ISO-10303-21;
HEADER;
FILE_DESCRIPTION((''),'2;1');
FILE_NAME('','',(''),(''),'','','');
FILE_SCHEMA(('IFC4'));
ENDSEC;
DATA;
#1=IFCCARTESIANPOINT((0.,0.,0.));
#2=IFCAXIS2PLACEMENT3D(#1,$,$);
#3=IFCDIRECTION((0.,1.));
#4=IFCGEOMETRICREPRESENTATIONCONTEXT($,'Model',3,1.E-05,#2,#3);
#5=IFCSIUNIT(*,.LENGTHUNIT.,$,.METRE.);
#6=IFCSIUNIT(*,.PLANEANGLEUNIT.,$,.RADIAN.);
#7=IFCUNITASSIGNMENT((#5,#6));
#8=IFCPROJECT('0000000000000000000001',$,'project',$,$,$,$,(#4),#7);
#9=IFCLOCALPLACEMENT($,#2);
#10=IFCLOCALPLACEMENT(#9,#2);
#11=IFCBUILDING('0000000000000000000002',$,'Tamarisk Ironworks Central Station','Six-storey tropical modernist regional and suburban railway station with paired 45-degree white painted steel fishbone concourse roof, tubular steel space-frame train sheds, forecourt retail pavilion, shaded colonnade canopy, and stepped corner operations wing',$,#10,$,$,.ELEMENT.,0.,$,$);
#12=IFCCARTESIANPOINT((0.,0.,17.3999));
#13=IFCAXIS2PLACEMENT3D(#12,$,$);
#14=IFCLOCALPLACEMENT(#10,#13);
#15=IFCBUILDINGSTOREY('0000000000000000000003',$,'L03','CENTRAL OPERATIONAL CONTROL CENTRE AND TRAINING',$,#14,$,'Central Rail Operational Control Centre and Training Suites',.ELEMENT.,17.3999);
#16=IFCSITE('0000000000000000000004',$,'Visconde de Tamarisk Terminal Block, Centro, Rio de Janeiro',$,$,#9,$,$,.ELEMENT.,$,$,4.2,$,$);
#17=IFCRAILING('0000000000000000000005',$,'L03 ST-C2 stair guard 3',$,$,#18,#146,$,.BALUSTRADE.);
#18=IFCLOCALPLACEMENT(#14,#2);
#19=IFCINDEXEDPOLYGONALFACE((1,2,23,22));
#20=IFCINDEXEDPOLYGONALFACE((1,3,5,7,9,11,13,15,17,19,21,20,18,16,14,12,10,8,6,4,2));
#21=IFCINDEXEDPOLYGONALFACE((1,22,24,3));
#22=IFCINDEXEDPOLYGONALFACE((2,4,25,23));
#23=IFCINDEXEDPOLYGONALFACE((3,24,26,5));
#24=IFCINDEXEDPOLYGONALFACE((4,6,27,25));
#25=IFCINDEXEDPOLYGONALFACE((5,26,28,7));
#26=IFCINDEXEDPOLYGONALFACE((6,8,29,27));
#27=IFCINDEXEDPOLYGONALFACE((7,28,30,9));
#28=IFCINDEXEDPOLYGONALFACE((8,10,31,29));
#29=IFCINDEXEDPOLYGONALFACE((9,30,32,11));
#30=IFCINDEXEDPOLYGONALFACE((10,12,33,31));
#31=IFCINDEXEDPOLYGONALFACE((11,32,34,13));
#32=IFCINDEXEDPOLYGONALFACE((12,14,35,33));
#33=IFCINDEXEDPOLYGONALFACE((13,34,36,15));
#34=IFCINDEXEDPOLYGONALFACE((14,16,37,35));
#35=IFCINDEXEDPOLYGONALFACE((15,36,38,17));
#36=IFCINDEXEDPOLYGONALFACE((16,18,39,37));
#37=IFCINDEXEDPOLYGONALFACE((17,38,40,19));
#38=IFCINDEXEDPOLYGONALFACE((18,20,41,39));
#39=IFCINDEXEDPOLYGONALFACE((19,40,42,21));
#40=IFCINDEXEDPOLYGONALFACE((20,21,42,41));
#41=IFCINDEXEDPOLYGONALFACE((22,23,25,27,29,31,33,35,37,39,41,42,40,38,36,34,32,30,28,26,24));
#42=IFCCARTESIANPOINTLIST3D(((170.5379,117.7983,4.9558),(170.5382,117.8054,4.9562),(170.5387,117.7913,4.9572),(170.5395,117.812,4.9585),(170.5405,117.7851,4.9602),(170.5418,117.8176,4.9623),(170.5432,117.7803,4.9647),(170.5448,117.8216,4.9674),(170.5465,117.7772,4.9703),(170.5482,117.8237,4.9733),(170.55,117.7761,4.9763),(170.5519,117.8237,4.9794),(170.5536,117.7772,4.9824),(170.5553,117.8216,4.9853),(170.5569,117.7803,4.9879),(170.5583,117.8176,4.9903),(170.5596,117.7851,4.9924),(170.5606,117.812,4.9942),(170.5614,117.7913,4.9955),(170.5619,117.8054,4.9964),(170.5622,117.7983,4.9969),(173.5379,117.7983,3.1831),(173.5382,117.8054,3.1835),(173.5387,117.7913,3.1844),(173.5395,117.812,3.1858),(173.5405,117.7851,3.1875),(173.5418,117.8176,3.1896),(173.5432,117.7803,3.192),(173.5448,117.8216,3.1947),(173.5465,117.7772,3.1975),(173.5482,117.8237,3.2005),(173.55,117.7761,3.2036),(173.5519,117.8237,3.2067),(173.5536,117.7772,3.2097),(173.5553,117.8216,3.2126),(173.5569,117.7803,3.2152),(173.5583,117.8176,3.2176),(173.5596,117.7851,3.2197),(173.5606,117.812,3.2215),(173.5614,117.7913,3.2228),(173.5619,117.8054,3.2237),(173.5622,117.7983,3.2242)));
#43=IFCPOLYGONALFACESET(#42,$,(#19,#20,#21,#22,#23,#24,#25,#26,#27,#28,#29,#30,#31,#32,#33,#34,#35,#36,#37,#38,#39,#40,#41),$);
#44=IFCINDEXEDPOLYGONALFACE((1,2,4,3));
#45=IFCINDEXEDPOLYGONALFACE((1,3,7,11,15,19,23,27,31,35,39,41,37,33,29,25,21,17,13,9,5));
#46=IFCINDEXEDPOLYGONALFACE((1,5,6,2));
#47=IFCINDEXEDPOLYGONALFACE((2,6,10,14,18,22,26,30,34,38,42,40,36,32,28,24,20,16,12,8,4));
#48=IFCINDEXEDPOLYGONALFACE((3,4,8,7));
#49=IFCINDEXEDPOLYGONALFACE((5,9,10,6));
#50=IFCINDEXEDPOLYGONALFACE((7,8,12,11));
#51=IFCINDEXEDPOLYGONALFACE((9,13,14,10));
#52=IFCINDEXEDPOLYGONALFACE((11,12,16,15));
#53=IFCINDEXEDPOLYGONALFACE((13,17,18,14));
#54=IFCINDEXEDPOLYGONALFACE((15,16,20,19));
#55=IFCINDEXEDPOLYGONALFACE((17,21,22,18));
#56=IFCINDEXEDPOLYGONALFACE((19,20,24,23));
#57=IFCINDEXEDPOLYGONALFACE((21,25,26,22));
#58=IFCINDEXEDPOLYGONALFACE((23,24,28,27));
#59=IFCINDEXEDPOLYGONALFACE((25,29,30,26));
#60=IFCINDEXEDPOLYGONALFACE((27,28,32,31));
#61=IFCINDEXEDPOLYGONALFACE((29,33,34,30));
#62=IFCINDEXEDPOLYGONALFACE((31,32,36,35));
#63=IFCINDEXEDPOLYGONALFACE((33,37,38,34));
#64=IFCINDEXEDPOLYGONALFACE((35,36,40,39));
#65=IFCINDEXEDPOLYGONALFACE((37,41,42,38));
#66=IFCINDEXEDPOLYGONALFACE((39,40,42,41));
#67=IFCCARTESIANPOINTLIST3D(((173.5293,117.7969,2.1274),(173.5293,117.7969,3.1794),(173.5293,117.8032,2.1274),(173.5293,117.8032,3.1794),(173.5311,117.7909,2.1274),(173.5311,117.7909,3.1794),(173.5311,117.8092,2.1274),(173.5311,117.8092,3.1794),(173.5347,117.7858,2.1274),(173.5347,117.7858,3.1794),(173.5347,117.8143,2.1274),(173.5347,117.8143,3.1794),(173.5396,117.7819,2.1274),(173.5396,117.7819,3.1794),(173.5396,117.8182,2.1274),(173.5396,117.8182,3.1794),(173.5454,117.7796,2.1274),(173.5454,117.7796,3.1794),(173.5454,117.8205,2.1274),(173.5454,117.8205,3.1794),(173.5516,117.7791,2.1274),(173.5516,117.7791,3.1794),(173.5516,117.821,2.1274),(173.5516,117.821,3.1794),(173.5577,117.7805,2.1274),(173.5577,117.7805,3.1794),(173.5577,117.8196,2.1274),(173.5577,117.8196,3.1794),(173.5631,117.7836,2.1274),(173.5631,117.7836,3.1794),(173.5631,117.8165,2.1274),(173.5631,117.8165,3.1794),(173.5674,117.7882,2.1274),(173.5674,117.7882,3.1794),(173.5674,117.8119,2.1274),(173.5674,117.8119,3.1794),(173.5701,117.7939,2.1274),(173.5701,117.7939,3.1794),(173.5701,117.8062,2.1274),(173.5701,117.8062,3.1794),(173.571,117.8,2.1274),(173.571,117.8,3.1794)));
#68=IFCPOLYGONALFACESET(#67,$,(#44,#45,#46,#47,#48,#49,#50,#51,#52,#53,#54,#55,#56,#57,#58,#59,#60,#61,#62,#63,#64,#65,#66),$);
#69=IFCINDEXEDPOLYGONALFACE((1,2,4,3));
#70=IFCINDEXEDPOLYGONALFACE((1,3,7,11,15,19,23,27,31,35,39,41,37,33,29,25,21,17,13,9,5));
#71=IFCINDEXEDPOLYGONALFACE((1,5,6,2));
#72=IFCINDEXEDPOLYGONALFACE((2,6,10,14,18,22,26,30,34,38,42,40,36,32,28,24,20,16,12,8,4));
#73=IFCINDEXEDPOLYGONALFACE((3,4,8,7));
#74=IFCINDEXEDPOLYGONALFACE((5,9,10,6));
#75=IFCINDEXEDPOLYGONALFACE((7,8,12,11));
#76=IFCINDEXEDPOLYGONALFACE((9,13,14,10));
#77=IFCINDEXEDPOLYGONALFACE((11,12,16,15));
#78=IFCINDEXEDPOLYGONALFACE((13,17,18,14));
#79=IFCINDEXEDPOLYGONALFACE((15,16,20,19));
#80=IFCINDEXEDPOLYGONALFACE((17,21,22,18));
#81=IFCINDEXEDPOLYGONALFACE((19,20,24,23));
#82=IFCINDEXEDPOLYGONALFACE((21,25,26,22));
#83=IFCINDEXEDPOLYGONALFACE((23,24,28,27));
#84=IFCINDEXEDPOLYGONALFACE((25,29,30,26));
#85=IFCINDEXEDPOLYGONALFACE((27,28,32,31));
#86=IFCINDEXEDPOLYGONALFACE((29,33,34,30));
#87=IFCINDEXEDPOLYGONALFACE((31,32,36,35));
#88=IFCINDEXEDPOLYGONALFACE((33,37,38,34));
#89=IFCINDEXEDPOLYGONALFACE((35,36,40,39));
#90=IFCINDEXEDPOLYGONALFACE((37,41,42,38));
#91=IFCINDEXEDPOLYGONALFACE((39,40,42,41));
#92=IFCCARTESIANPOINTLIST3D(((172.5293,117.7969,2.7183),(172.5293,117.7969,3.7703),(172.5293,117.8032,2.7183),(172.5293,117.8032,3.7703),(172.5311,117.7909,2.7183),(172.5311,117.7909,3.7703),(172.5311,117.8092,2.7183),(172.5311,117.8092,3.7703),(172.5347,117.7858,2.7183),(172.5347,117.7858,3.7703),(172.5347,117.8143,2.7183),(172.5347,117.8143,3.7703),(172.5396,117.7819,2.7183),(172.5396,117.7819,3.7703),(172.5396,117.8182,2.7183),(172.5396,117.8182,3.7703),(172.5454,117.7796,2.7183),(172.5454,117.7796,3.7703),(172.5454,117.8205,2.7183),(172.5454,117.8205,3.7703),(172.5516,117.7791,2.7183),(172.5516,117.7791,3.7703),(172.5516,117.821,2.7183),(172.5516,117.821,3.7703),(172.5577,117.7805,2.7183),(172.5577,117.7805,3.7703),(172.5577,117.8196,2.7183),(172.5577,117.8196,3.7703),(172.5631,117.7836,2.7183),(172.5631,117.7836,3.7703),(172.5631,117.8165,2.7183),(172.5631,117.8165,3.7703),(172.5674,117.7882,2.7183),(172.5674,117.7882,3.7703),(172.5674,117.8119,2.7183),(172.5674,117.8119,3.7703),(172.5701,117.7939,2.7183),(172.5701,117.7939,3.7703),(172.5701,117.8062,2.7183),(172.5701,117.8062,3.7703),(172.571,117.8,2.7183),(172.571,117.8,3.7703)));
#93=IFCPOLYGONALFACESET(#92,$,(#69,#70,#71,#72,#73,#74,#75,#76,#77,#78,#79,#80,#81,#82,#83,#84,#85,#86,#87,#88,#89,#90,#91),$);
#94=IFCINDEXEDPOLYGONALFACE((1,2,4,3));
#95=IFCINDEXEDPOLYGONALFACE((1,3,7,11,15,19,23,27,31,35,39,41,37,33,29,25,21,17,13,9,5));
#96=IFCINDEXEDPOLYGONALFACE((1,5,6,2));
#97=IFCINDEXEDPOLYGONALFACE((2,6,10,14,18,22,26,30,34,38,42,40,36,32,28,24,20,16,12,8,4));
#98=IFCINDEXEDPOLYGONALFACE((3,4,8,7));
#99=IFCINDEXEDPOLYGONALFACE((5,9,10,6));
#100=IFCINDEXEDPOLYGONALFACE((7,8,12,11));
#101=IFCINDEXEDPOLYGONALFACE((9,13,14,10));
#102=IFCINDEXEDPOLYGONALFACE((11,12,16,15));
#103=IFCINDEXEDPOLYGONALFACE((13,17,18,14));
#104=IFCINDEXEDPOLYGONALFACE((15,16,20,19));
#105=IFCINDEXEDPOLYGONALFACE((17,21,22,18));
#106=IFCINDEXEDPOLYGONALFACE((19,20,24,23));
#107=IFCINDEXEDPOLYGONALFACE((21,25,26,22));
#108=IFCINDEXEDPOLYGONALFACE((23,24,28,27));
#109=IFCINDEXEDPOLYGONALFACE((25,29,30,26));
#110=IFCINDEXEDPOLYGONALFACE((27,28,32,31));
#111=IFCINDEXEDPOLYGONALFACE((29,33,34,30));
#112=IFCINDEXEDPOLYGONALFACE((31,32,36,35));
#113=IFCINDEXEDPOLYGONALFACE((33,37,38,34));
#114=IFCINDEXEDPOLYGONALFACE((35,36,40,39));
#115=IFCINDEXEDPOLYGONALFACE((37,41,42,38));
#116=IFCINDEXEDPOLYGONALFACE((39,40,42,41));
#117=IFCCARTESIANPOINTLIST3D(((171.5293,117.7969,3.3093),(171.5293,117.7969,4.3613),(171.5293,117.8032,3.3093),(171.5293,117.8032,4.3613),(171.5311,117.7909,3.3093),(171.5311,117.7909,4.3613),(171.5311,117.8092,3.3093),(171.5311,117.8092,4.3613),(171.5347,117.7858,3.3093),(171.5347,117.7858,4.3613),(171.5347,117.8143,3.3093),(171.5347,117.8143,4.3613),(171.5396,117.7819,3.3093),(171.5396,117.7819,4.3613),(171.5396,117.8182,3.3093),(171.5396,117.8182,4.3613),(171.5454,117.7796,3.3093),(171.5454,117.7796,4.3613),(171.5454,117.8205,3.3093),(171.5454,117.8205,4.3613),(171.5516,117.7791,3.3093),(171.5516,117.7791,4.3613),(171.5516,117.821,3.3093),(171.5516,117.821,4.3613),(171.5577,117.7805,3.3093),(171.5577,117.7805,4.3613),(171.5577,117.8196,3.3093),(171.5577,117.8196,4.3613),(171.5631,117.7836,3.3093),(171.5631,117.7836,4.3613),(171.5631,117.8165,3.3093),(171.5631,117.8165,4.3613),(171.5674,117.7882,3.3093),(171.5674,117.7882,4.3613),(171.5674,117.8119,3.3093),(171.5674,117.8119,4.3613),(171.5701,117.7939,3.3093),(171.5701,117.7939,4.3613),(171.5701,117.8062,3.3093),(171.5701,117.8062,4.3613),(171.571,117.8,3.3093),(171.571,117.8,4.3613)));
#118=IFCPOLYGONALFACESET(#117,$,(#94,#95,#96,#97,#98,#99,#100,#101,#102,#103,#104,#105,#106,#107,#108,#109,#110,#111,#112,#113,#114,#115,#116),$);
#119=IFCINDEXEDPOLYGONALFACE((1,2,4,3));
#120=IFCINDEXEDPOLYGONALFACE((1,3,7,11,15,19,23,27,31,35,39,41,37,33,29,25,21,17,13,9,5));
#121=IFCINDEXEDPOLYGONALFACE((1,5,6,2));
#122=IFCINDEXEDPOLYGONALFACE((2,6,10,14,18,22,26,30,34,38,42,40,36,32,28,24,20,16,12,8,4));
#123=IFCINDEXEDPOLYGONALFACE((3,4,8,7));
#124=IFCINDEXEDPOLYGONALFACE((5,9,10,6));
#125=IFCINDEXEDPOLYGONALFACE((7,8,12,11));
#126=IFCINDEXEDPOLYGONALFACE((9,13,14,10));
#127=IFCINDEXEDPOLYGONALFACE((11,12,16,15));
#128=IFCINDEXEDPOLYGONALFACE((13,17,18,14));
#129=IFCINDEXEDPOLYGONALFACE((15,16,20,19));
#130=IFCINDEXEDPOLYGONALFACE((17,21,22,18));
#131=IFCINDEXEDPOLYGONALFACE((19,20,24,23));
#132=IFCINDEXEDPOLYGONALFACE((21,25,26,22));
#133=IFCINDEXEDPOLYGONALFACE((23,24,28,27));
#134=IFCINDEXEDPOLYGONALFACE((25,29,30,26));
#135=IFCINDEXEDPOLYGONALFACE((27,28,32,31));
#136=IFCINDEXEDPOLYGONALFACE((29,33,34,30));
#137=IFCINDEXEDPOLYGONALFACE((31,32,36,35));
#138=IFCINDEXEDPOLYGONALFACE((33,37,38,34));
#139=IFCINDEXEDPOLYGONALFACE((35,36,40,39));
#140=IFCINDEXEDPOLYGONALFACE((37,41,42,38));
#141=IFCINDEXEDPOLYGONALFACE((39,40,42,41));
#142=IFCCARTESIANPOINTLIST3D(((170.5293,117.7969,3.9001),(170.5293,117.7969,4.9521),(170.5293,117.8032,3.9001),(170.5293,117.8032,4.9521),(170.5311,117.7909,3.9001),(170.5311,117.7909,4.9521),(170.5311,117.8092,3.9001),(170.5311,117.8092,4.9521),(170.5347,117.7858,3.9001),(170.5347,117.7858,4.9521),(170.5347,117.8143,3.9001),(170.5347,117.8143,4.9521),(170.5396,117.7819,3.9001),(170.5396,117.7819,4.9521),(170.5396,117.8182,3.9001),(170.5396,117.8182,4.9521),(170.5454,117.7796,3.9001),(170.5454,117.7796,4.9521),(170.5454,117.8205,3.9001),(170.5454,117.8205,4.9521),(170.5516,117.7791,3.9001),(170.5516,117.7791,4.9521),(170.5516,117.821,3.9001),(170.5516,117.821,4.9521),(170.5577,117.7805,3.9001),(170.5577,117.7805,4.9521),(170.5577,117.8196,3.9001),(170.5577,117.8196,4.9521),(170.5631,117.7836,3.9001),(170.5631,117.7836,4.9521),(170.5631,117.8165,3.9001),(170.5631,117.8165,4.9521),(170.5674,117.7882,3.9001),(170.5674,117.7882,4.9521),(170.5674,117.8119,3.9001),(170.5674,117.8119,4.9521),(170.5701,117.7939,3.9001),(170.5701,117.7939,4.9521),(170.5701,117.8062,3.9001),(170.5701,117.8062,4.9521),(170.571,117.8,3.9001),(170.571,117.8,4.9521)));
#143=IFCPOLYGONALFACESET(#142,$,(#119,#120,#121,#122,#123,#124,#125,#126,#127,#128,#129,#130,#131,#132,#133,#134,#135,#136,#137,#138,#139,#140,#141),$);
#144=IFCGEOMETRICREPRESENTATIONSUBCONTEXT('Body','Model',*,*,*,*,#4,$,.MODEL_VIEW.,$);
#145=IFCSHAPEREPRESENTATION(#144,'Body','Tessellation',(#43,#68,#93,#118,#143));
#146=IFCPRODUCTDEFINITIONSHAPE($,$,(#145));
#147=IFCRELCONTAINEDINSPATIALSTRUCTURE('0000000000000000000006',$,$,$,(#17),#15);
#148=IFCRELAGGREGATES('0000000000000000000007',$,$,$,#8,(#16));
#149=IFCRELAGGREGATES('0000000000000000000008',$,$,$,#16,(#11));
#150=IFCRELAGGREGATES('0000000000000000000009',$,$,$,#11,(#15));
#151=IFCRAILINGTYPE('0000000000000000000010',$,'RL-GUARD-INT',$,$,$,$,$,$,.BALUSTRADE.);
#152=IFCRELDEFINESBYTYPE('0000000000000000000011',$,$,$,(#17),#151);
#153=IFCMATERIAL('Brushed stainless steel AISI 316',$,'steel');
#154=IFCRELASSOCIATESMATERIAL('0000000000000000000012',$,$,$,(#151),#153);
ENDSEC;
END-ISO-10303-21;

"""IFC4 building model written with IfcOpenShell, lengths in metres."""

from ifc_helpers import new_model, si_unit, direction, frame, origin, origin_2d, place, context, subcontext, project, spatial, circle, extrude, material, type_object, element, save


model = new_model("IFC4")

# Units and contexts
model_context = context("Model", 3, precision=1e-05, world=origin(), true_north=direction((0.0, 1.0)))
body_context = subcontext(model_context, "Body", "Model", "MODEL_VIEW")
ifc_project = project(units=[si_unit("LENGTHUNIT", "METRE"), si_unit("PLANEANGLEUNIT", "RADIAN")], contexts=[model_context])

# Site, building, storey
site_placement = place(None, origin())
site = spatial("IfcSite", under=ifc_project, at=site_placement, Name="Visconde de Tamarisk Terminal Block, Centro, Rio de Janeiro", CompositionType="ELEMENT", RefElevation=4.2)
building_placement = place(site_placement, origin())
building = spatial("IfcBuilding", under=site, at=building_placement, Name="Tamarisk Ironworks Central Station", Description="Six-storey tropical modernist regional and suburban railway station with paired 45-degree white painted steel fishbone concourse roof, tubular steel space-frame train sheds, forecourt retail pavilion, shaded colonnade canopy, and stepped corner operations wing", CompositionType="ELEMENT", ElevationOfRefHeight=0.0)
storey_placement = place(building_placement, frame((0.0, 0.0, 17.3999)))
storey = spatial("IfcBuildingStorey", under=building, at=storey_placement, Name="L03", Description="CENTRAL OPERATIONAL CONTROL CENTRE AND TRAINING", LongName="Central Rail Operational Control Centre and Training Suites", CompositionType="ELEMENT", Elevation=17.3999)

# Railing
ifc_material_1 = material(Name="Brushed stainless steel AISI 316", Category="steel")
railing_type_1 = type_object("IfcRailingType", Name="RL-GUARD-INT", PredefinedType="BALUSTRADE", material=ifc_material_1)
railing_1_placement = place(storey_placement, frame((173.55, 117.8, 2.1274)))
element("IfcRailing", 1, at=railing_1_placement, inside=storey, type_object=railing_type_1, Name="L03 ST-C2 stair guard 3", PredefinedType="BALUSTRADE", context=body_context, shape_type="SweptSolid", body=[
    extrude(circle(Radius=0.0239, at=origin_2d()), frame((0.0, 0.0, 1.0762), z_axis=(-0.860929, 0.0, 0.508725), x_axis=(0.0, -1.0, 0.0)), (0.0, 0.0, 1.0), 3.4846),
    extrude(circle(Radius=0.021, at=origin_2d()), origin(), (0.0, 0.0, 1.0), 1.052),
    extrude(circle(Radius=0.021, at=origin_2d()), frame((-1.0, 0.0, 0.5908)), (0.0, 0.0, 1.0), 1.052),
    extrude(circle(Radius=0.021, at=origin_2d()), frame((-2.0, 0.0, 1.1819)), (0.0, 0.0, 1.0), 1.052),
    extrude(circle(Radius=0.021, at=origin_2d()), frame((-3.0, 0.0, 1.7727)), (0.0, 0.0, 1.0), 1.052),
])

save(model, "model.ifc")
